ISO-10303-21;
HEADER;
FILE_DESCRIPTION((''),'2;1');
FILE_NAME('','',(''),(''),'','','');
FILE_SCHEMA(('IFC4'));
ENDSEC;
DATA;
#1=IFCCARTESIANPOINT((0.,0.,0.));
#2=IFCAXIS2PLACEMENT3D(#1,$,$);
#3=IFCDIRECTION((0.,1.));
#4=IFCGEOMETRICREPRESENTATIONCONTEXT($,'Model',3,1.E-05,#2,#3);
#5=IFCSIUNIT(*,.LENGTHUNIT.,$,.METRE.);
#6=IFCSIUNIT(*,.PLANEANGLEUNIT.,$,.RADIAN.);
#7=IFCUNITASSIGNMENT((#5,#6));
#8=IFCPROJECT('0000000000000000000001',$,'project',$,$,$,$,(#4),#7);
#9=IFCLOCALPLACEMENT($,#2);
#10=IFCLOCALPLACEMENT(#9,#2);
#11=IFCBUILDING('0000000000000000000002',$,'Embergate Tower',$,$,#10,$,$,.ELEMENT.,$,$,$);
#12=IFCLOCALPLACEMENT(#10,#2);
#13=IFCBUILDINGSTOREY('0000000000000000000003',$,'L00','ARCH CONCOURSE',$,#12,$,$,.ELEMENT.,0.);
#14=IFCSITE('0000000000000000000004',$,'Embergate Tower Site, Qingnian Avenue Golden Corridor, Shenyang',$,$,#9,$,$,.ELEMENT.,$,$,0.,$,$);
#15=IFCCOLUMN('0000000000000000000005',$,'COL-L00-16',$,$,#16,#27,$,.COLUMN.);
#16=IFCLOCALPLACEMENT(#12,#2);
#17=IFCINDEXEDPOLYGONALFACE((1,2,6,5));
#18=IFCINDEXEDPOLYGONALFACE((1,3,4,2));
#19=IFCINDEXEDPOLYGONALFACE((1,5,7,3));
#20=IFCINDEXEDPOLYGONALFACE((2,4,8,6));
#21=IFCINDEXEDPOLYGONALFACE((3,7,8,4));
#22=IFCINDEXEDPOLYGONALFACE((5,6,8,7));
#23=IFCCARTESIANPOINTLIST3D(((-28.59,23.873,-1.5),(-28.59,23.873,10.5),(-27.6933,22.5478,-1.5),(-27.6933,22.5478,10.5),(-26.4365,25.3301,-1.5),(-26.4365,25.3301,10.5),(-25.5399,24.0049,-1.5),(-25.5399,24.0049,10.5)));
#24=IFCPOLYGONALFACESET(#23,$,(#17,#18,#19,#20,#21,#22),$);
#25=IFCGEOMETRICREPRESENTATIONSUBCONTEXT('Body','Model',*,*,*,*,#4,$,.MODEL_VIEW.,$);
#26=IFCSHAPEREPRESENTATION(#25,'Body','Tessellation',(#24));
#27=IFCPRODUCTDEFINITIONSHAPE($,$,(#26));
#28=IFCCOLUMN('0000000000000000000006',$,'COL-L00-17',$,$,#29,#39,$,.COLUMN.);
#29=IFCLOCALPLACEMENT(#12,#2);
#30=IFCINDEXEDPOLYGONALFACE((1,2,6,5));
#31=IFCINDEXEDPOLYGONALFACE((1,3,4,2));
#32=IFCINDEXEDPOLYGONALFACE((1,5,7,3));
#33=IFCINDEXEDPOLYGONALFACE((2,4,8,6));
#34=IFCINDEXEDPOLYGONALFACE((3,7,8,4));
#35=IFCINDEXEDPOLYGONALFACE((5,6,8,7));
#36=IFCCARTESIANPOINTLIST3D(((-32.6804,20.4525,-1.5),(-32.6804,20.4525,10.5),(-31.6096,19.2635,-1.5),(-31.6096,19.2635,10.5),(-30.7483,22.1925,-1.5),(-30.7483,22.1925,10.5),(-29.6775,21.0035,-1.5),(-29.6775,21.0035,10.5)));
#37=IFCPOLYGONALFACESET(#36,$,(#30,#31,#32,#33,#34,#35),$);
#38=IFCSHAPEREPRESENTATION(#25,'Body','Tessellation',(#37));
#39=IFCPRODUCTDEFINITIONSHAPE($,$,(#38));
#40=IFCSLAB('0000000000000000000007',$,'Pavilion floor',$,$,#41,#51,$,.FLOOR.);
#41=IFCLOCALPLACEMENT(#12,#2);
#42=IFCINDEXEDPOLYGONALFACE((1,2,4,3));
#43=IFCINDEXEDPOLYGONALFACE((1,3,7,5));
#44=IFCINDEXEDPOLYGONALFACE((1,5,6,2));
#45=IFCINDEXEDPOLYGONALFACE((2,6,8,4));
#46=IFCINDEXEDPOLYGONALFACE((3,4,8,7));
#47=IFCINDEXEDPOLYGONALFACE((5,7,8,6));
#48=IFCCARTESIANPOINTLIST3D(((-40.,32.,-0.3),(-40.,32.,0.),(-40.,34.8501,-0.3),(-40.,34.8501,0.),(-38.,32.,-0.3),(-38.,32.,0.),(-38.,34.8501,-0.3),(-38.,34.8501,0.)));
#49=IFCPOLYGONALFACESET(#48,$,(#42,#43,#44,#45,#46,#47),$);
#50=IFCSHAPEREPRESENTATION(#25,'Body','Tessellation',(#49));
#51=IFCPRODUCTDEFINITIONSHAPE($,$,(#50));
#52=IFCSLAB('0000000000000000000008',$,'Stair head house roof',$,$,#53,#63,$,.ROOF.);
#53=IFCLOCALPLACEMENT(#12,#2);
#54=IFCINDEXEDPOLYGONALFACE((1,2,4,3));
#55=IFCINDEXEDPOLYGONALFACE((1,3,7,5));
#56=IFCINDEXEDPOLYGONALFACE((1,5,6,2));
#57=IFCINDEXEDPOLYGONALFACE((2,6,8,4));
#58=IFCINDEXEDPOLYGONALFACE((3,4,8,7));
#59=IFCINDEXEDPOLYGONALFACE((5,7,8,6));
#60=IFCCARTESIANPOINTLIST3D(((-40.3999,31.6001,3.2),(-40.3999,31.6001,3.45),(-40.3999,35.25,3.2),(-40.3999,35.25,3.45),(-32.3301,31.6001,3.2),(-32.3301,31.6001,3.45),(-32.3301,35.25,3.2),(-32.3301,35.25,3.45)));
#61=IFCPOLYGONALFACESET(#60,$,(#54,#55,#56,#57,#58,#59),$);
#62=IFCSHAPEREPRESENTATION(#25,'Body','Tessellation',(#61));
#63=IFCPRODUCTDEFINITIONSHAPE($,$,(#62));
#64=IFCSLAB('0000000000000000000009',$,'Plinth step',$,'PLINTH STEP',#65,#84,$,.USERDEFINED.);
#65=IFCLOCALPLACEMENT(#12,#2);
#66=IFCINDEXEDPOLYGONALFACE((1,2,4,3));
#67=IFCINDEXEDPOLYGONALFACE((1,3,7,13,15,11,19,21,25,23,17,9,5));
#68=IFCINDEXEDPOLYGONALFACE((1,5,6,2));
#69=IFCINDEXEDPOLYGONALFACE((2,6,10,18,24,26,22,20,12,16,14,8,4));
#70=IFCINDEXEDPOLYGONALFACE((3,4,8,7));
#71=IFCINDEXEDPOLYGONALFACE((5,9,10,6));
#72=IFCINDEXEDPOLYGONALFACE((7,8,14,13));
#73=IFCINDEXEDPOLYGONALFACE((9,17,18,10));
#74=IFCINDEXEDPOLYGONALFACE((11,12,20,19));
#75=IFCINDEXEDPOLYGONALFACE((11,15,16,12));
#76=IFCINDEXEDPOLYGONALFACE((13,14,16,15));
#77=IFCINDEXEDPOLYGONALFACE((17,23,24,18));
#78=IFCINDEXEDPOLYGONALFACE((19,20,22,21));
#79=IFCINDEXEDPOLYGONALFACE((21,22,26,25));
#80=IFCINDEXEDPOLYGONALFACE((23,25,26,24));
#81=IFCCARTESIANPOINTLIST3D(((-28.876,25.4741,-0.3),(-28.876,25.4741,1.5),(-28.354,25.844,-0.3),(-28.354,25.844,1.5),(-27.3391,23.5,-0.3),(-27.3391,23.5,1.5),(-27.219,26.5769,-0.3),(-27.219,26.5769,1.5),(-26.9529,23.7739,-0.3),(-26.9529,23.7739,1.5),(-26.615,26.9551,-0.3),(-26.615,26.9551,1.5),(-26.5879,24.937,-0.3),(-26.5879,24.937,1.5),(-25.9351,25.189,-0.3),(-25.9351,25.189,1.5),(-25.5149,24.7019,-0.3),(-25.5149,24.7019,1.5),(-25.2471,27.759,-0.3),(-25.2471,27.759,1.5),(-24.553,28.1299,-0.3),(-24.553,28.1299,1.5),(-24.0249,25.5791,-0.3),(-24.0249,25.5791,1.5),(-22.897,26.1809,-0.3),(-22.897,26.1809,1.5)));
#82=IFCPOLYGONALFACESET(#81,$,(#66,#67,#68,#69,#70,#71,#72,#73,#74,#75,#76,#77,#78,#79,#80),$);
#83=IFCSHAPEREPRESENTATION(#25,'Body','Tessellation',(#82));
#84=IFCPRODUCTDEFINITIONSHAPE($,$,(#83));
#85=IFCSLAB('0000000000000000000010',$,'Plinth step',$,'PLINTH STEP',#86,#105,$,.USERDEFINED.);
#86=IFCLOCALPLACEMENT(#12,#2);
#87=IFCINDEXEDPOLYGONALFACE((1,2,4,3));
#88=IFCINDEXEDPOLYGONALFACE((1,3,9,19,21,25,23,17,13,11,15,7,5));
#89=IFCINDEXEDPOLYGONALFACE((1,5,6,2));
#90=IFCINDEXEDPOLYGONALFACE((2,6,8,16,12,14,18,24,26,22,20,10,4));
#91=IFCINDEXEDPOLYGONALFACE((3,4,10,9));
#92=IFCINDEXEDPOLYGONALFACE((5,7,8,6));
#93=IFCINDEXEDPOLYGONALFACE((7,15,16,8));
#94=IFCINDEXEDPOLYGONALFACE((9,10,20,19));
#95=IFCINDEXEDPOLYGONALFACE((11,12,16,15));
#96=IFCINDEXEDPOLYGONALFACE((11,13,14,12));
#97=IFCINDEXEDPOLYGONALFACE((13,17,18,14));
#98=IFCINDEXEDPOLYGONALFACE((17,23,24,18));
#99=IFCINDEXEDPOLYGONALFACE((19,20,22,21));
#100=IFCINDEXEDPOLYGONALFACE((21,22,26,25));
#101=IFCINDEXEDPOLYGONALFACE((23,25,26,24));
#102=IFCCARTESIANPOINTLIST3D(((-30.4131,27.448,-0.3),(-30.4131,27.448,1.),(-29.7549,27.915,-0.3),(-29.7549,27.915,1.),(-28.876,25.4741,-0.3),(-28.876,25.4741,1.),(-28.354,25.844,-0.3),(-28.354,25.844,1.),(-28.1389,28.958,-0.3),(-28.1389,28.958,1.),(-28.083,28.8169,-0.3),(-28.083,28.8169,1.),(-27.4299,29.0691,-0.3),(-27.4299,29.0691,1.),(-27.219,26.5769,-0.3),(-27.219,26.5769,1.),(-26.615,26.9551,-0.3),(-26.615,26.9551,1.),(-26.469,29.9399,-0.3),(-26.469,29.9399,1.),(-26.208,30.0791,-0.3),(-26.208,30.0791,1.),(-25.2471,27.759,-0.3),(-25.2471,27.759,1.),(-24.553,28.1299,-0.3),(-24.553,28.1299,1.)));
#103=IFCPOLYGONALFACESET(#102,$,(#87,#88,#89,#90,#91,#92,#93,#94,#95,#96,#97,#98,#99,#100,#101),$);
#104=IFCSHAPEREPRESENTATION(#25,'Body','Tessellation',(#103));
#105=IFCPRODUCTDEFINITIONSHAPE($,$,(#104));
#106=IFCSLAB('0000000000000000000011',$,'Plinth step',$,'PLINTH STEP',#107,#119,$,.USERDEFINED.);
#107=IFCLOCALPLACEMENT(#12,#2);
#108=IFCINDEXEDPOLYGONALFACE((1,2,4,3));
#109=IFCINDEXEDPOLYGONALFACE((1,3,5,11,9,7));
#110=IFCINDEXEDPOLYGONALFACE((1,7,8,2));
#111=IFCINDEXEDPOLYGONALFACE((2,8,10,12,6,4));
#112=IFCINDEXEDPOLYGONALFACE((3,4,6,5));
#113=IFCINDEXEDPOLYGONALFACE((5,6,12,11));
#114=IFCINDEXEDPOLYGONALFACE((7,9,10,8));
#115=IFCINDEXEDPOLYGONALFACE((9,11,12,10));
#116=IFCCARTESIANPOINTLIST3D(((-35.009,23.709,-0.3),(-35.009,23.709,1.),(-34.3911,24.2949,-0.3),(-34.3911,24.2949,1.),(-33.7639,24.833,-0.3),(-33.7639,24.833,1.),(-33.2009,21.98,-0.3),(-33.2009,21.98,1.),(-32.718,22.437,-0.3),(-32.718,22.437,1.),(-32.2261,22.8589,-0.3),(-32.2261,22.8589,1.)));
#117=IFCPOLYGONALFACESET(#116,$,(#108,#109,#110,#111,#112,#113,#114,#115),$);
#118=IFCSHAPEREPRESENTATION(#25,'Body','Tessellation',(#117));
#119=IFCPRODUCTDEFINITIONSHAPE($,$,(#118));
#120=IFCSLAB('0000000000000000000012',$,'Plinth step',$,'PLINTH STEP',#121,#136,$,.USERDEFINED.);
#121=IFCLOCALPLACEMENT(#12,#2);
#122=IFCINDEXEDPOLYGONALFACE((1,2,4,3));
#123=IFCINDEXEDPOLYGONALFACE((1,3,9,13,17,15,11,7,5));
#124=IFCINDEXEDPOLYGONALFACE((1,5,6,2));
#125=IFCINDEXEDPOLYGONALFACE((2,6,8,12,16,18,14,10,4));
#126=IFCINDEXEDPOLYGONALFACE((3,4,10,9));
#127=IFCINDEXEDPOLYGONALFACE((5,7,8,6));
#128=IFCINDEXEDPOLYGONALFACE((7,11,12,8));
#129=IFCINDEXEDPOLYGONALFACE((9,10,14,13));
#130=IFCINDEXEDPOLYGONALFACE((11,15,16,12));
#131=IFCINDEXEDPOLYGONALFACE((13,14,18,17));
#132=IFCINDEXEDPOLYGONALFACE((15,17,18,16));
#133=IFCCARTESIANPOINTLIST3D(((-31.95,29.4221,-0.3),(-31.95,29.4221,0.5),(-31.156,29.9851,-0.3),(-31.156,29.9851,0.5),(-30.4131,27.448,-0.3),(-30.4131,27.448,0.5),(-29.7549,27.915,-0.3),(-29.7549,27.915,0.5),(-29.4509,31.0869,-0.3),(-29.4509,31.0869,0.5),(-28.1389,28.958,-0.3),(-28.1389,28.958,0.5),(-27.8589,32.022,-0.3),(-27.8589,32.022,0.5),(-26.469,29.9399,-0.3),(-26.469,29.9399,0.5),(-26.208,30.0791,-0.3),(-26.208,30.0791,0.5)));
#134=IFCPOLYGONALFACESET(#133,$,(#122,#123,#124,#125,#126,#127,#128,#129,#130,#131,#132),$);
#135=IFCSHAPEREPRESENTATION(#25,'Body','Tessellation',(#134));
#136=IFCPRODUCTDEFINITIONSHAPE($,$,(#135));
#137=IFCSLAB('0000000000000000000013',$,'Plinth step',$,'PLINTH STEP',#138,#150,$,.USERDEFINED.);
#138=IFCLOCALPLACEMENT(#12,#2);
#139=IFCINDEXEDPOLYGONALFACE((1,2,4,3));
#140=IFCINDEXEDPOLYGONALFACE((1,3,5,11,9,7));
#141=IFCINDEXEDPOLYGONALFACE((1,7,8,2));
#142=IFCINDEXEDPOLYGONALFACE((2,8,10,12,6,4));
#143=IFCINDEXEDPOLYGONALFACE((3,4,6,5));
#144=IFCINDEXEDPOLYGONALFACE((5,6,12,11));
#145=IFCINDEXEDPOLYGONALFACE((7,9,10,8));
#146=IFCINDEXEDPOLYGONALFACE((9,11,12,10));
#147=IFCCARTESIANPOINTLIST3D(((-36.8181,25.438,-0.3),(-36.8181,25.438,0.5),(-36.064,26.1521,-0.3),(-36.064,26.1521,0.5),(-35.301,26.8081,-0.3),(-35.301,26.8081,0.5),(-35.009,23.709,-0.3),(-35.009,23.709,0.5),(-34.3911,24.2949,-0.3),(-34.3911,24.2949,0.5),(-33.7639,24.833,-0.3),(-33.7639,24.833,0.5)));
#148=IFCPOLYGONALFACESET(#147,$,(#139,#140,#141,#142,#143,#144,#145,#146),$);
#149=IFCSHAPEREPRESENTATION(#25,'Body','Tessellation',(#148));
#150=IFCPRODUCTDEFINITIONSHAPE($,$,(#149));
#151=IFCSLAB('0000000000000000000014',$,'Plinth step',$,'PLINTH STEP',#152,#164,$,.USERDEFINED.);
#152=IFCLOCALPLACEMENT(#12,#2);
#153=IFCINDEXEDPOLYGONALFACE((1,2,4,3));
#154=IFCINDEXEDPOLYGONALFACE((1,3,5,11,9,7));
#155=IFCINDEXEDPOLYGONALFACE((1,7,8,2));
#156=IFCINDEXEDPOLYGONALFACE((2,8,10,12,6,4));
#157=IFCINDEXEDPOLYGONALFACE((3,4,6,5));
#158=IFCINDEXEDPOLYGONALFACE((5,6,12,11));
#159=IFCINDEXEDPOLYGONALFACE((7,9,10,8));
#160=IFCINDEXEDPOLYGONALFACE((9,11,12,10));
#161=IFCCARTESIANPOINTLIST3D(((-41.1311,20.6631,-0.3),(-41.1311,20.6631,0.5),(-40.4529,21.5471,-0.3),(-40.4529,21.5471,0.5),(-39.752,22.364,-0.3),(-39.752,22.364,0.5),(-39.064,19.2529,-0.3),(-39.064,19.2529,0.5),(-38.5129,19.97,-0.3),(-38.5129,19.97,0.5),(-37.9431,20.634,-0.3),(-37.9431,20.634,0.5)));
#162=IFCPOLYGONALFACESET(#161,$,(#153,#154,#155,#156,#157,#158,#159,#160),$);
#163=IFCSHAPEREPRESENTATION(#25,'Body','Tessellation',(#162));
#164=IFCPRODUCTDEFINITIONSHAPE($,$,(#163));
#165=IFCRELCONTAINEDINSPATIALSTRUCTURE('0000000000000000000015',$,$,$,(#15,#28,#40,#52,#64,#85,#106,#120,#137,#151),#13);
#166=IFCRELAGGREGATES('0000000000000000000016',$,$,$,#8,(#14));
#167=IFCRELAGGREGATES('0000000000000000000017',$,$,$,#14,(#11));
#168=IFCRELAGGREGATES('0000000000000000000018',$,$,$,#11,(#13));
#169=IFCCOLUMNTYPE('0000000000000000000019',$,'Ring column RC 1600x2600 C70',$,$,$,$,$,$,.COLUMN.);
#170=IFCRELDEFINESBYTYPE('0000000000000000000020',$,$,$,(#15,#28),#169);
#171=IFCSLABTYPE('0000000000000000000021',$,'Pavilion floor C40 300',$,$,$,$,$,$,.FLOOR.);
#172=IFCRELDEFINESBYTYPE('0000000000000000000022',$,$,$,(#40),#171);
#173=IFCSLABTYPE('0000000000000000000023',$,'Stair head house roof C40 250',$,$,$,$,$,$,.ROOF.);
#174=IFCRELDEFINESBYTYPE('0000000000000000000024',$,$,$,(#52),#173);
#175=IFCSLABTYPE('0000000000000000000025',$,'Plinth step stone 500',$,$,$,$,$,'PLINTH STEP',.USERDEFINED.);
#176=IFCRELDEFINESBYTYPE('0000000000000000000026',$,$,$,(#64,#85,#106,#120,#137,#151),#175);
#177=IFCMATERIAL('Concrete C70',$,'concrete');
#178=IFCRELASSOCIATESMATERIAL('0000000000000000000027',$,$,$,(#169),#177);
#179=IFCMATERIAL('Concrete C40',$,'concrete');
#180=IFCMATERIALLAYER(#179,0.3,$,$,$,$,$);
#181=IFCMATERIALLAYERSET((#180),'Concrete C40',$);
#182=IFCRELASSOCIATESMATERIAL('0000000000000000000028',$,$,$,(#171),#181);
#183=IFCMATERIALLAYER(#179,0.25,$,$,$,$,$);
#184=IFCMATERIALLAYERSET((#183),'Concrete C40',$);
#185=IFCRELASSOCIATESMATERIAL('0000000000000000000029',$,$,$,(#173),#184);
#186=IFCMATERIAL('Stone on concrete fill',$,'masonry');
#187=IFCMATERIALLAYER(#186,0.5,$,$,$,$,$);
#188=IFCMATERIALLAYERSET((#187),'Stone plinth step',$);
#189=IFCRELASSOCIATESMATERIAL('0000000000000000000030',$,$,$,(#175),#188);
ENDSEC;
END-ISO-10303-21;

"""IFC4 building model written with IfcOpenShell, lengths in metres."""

from ifc_helpers import new_model, si_unit, direction, frame, origin, origin_2d, place, context, subcontext, project, spatial, polyline, rectangle, outline, extrude, source, transform, mapped, material, layer, layer_set, material_profile, profile_set, type_object, element, save


model = new_model("IFC4")

# Units and contexts
model_context = context("Model", 3, precision=1e-05, world=origin(), true_north=direction((0.0, 1.0)))
body_context = subcontext(model_context, "Body", "Model", "MODEL_VIEW")
ifc_project = project(units=[si_unit("LENGTHUNIT", "METRE"), si_unit("PLANEANGLEUNIT", "RADIAN")], contexts=[model_context])

# Site, building, storey
site_placement = place(None, origin())
site = spatial("IfcSite", under=ifc_project, at=site_placement, Name="Embergate Tower Site, Qingnian Avenue Golden Corridor, Shenyang", CompositionType="ELEMENT", RefElevation=0.0)
building_placement = place(site_placement, origin())
building = spatial("IfcBuilding", under=site, at=building_placement, Name="Embergate Tower", CompositionType="ELEMENT")
storey_placement = place(building_placement, origin())
storey = spatial("IfcBuildingStorey", under=building, at=storey_placement, Name="L00", Description="ARCH CONCOURSE", CompositionType="ELEMENT", Elevation=0.0)

# Columns
ifc_material_1 = material(Name="Concrete C70", Category="concrete")
ifc_material_profile = material_profile(ifc_material_1, rectangle(XDim=1.6001, YDim=2.6001, at=origin_2d()), Name="RC 1600x2600")
ifc_profile_set = profile_set([ifc_material_profile], Name="Concrete C70")
column_type = type_object("IfcColumnType", Name="Ring column RC 1600x2600 C70", PredefinedType="COLUMN", material=ifc_profile_set)
shared_shape_1 = source(origin(), body_context, "Body", "SweptSolid", [
    extrude(rectangle(XDim=1.6001, YDim=2.6001, at=origin_2d()), origin(), (0.0, 0.0, 1.0), 12.0),
])
for number, where, z_axis, x_axis, name in (
    (1, (-27.0649, 23.939, -1.5), (0.0, 0.0, 1.0), (-0.560393, 0.828227, 0.0), "COL-L00-16"),
    (2, (-31.179, 20.728, -1.5), (0.0, 0.0, 1.0), (-0.669208, 0.743075, 0.0), "COL-L00-17"),
):
    element("IfcColumn", number, at=place(storey_placement, frame(where, z_axis=z_axis, x_axis=x_axis)), inside=storey, type_object=column_type, Name=name, PredefinedType="COLUMN", context=body_context, shape_type="MappedRepresentation", body=[
        mapped(shared_shape_1, transform((0.0, 0.0, 0.0))),
    ])

# Slabs
ifc_material_2 = material(Name="Concrete C40", Category="concrete")
ifc_layer_1 = layer(ifc_material_2, 0.3)
ifc_layer_set_1 = layer_set([ifc_layer_1], Name="Concrete C40")
slab_type_1 = type_object("IfcSlabType", Name="Pavilion floor C40 300", PredefinedType="FLOOR", material=ifc_layer_set_1)
shared_shape_2 = source(origin(), body_context, "Body", "SweptSolid", [
    extrude(outline(polyline([(0.0, 0.0), (0.0, 2.8501), (2.0, 2.8501), (2.0, 0.0), (0.0, 0.0)])), origin(), (0.0, 0.0, 1.0), 0.3),
])
slab_1_placement = place(storey_placement, frame((-40.0, 32.0, -0.3)))
element("IfcSlab", 3, at=slab_1_placement, inside=storey, type_object=slab_type_1, Name="Pavilion floor", PredefinedType="FLOOR", context=body_context, shape_type="MappedRepresentation", body=[
    mapped(shared_shape_2, transform((0.0, 0.0, 0.0))),
])
ifc_layer_2 = layer(ifc_material_2, 0.25)
ifc_layer_set_2 = layer_set([ifc_layer_2], Name="Concrete C40")
slab_type_2 = type_object("IfcSlabType", Name="Stair head house roof C40 250", PredefinedType="ROOF", material=ifc_layer_set_2)
shared_shape_3 = source(origin(), body_context, "Body", "SweptSolid", [
    extrude(outline(polyline([(0.0, 0.0), (8.0698, 0.0), (8.0698, 3.6499), (0.0, 3.6499), (0.0, 0.0)])), origin(), (0.0, 0.0, 1.0), 0.25),
])
slab_2_placement = place(storey_placement, frame((-40.3999, 31.6001, 3.2)))
element("IfcSlab", 4, at=slab_2_placement, inside=storey, type_object=slab_type_2, Name="Stair head house roof", PredefinedType="ROOF", context=body_context, shape_type="MappedRepresentation", body=[
    mapped(shared_shape_3, transform((0.0, 0.0, 0.0))),
])
ifc_material_3 = material(Name="Stone on concrete fill", Category="masonry")
ifc_layer_3 = layer(ifc_material_3, 0.5)
ifc_layer_set_3 = layer_set([ifc_layer_3], Name="Stone plinth step")
slab_type_3 = type_object("IfcSlabType", Name="Plinth step stone 500", ElementType="PLINTH STEP", PredefinedType="USERDEFINED", material=ifc_layer_set_3)
shared_shape_4 = source(origin(), body_context, "Body", "SweptSolid", [
    extrude(outline(polyline([(0.0, 0.0), (-1.5369, 1.9741), (-1.0149, 2.344), (0.1201, 3.0769), (0.7512, 1.437), (1.4041, 1.689), (0.7241, 3.4551), (2.092, 4.259), (2.7861, 4.6299), (4.4421, 2.6809), (3.3142, 2.0791), (1.8242, 1.2019), (0.3862, 0.2739), (0.0, 0.0)])), origin(), (0.0, 0.0, 1.0), 1.8),
])
slab_3_placement = place(storey_placement, frame((-27.3391, 23.5, -0.3)))
element("IfcSlab", 5, at=slab_3_placement, inside=storey, type_object=slab_type_3, Name="Plinth step", ObjectType="PLINTH STEP", PredefinedType="USERDEFINED", context=body_context, shape_type="MappedRepresentation", body=[
    mapped(shared_shape_4, transform((0.0, 0.0, 0.0))),
])
shared_shape_5 = source(origin(), body_context, "Body", "SweptSolid", [
    extrude(outline(polyline([(0.0, 0.0), (-1.5371, 1.9739), (-0.8789, 2.4409), (0.7371, 3.4839), (2.407, 4.4658), (2.668, 4.605), (4.323, 2.6558), (3.6289, 2.2849), (2.261, 1.481), (1.446, 3.595), (0.793, 3.3428), (1.657, 1.1028), (0.522, 0.3699), (0.0, 0.0)])), origin(), (0.0, 0.0, 1.0), 1.3),
])
slab_4_placement = place(storey_placement, frame((-28.876, 25.4741, -0.3)))
element("IfcSlab", 6, at=slab_4_placement, inside=storey, type_object=slab_type_3, Name="Plinth step", ObjectType="PLINTH STEP", PredefinedType="USERDEFINED", context=body_context, shape_type="MappedRepresentation", body=[
    mapped(shared_shape_5, transform((0.0, 0.0, 0.0))),
])
shared_shape_6 = source(origin(), body_context, "Body", "SweptSolid", [
    extrude(outline(polyline([(0.0, 0.0), (-1.8081, 1.729), (-1.1902, 2.3149), (-0.563, 2.853), (0.9749, 0.8789), (0.4829, 0.457), (0.0, 0.0)])), origin(), (0.0, 0.0, 1.0), 1.3),
])
slab_5_placement = place(storey_placement, frame((-33.2009, 21.98, -0.3)))
element("IfcSlab", 7, at=slab_5_placement, inside=storey, type_object=slab_type_3, Name="Plinth step", ObjectType="PLINTH STEP", PredefinedType="USERDEFINED", context=body_context, shape_type="MappedRepresentation", body=[
    mapped(shared_shape_6, transform((0.0, 0.0, 0.0))),
])
shared_shape_7 = source(origin(), body_context, "Body", "SweptSolid", [
    extrude(outline(polyline([(0.0, 0.0), (-1.5369, 1.9741), (-0.7429, 2.5371), (0.9622, 3.6389), (2.5542, 4.574), (4.2051, 2.6311), (3.9441, 2.4919), (2.2742, 1.51), (0.6582, 0.467), (0.0, 0.0)])), origin(), (0.0, 0.0, 1.0), 0.8),
])
slab_6_placement = place(storey_placement, frame((-30.4131, 27.448, -0.3)))
element("IfcSlab", 8, at=slab_6_placement, inside=storey, type_object=slab_type_3, Name="Plinth step", ObjectType="PLINTH STEP", PredefinedType="USERDEFINED", context=body_context, shape_type="MappedRepresentation", body=[
    mapped(shared_shape_7, transform((0.0, 0.0, 0.0))),
])
shared_shape_8 = source(origin(), body_context, "Body", "SweptSolid", [
    extrude(outline(polyline([(0.0, 0.0), (-1.8091, 1.729), (-1.0549, 2.4431), (-0.292, 3.0991), (1.2451, 1.124), (0.6179, 0.5859), (0.0, 0.0)])), origin(), (0.0, 0.0, 1.0), 0.8),
])
slab_7_placement = place(storey_placement, frame((-35.009, 23.709, -0.3)))
element("IfcSlab", 9, at=slab_7_placement, inside=storey, type_object=slab_type_3, Name="Plinth step", ObjectType="PLINTH STEP", PredefinedType="USERDEFINED", context=body_context, shape_type="MappedRepresentation", body=[
    mapped(shared_shape_8, transform((0.0, 0.0, 0.0))),
])
shared_shape_9 = source(origin(), body_context, "Body", "SweptSolid", [
    extrude(outline(polyline([(0.0, 0.0), (-2.0671, 1.4102), (-1.3889, 2.2942), (-0.688, 3.1111), (1.1208, 1.3811), (0.551, 0.717), (0.0, 0.0)])), origin(), (0.0, 0.0, 1.0), 0.8),
])
slab_8_placement = place(storey_placement, frame((-39.064, 19.2529, -0.3)))
element("IfcSlab", 10, at=slab_8_placement, inside=storey, type_object=slab_type_3, Name="Plinth step", ObjectType="PLINTH STEP", PredefinedType="USERDEFINED", context=body_context, shape_type="MappedRepresentation", body=[
    mapped(shared_shape_9, transform((0.0, 0.0, 0.0))),
])

save(model, "model.ifc")
